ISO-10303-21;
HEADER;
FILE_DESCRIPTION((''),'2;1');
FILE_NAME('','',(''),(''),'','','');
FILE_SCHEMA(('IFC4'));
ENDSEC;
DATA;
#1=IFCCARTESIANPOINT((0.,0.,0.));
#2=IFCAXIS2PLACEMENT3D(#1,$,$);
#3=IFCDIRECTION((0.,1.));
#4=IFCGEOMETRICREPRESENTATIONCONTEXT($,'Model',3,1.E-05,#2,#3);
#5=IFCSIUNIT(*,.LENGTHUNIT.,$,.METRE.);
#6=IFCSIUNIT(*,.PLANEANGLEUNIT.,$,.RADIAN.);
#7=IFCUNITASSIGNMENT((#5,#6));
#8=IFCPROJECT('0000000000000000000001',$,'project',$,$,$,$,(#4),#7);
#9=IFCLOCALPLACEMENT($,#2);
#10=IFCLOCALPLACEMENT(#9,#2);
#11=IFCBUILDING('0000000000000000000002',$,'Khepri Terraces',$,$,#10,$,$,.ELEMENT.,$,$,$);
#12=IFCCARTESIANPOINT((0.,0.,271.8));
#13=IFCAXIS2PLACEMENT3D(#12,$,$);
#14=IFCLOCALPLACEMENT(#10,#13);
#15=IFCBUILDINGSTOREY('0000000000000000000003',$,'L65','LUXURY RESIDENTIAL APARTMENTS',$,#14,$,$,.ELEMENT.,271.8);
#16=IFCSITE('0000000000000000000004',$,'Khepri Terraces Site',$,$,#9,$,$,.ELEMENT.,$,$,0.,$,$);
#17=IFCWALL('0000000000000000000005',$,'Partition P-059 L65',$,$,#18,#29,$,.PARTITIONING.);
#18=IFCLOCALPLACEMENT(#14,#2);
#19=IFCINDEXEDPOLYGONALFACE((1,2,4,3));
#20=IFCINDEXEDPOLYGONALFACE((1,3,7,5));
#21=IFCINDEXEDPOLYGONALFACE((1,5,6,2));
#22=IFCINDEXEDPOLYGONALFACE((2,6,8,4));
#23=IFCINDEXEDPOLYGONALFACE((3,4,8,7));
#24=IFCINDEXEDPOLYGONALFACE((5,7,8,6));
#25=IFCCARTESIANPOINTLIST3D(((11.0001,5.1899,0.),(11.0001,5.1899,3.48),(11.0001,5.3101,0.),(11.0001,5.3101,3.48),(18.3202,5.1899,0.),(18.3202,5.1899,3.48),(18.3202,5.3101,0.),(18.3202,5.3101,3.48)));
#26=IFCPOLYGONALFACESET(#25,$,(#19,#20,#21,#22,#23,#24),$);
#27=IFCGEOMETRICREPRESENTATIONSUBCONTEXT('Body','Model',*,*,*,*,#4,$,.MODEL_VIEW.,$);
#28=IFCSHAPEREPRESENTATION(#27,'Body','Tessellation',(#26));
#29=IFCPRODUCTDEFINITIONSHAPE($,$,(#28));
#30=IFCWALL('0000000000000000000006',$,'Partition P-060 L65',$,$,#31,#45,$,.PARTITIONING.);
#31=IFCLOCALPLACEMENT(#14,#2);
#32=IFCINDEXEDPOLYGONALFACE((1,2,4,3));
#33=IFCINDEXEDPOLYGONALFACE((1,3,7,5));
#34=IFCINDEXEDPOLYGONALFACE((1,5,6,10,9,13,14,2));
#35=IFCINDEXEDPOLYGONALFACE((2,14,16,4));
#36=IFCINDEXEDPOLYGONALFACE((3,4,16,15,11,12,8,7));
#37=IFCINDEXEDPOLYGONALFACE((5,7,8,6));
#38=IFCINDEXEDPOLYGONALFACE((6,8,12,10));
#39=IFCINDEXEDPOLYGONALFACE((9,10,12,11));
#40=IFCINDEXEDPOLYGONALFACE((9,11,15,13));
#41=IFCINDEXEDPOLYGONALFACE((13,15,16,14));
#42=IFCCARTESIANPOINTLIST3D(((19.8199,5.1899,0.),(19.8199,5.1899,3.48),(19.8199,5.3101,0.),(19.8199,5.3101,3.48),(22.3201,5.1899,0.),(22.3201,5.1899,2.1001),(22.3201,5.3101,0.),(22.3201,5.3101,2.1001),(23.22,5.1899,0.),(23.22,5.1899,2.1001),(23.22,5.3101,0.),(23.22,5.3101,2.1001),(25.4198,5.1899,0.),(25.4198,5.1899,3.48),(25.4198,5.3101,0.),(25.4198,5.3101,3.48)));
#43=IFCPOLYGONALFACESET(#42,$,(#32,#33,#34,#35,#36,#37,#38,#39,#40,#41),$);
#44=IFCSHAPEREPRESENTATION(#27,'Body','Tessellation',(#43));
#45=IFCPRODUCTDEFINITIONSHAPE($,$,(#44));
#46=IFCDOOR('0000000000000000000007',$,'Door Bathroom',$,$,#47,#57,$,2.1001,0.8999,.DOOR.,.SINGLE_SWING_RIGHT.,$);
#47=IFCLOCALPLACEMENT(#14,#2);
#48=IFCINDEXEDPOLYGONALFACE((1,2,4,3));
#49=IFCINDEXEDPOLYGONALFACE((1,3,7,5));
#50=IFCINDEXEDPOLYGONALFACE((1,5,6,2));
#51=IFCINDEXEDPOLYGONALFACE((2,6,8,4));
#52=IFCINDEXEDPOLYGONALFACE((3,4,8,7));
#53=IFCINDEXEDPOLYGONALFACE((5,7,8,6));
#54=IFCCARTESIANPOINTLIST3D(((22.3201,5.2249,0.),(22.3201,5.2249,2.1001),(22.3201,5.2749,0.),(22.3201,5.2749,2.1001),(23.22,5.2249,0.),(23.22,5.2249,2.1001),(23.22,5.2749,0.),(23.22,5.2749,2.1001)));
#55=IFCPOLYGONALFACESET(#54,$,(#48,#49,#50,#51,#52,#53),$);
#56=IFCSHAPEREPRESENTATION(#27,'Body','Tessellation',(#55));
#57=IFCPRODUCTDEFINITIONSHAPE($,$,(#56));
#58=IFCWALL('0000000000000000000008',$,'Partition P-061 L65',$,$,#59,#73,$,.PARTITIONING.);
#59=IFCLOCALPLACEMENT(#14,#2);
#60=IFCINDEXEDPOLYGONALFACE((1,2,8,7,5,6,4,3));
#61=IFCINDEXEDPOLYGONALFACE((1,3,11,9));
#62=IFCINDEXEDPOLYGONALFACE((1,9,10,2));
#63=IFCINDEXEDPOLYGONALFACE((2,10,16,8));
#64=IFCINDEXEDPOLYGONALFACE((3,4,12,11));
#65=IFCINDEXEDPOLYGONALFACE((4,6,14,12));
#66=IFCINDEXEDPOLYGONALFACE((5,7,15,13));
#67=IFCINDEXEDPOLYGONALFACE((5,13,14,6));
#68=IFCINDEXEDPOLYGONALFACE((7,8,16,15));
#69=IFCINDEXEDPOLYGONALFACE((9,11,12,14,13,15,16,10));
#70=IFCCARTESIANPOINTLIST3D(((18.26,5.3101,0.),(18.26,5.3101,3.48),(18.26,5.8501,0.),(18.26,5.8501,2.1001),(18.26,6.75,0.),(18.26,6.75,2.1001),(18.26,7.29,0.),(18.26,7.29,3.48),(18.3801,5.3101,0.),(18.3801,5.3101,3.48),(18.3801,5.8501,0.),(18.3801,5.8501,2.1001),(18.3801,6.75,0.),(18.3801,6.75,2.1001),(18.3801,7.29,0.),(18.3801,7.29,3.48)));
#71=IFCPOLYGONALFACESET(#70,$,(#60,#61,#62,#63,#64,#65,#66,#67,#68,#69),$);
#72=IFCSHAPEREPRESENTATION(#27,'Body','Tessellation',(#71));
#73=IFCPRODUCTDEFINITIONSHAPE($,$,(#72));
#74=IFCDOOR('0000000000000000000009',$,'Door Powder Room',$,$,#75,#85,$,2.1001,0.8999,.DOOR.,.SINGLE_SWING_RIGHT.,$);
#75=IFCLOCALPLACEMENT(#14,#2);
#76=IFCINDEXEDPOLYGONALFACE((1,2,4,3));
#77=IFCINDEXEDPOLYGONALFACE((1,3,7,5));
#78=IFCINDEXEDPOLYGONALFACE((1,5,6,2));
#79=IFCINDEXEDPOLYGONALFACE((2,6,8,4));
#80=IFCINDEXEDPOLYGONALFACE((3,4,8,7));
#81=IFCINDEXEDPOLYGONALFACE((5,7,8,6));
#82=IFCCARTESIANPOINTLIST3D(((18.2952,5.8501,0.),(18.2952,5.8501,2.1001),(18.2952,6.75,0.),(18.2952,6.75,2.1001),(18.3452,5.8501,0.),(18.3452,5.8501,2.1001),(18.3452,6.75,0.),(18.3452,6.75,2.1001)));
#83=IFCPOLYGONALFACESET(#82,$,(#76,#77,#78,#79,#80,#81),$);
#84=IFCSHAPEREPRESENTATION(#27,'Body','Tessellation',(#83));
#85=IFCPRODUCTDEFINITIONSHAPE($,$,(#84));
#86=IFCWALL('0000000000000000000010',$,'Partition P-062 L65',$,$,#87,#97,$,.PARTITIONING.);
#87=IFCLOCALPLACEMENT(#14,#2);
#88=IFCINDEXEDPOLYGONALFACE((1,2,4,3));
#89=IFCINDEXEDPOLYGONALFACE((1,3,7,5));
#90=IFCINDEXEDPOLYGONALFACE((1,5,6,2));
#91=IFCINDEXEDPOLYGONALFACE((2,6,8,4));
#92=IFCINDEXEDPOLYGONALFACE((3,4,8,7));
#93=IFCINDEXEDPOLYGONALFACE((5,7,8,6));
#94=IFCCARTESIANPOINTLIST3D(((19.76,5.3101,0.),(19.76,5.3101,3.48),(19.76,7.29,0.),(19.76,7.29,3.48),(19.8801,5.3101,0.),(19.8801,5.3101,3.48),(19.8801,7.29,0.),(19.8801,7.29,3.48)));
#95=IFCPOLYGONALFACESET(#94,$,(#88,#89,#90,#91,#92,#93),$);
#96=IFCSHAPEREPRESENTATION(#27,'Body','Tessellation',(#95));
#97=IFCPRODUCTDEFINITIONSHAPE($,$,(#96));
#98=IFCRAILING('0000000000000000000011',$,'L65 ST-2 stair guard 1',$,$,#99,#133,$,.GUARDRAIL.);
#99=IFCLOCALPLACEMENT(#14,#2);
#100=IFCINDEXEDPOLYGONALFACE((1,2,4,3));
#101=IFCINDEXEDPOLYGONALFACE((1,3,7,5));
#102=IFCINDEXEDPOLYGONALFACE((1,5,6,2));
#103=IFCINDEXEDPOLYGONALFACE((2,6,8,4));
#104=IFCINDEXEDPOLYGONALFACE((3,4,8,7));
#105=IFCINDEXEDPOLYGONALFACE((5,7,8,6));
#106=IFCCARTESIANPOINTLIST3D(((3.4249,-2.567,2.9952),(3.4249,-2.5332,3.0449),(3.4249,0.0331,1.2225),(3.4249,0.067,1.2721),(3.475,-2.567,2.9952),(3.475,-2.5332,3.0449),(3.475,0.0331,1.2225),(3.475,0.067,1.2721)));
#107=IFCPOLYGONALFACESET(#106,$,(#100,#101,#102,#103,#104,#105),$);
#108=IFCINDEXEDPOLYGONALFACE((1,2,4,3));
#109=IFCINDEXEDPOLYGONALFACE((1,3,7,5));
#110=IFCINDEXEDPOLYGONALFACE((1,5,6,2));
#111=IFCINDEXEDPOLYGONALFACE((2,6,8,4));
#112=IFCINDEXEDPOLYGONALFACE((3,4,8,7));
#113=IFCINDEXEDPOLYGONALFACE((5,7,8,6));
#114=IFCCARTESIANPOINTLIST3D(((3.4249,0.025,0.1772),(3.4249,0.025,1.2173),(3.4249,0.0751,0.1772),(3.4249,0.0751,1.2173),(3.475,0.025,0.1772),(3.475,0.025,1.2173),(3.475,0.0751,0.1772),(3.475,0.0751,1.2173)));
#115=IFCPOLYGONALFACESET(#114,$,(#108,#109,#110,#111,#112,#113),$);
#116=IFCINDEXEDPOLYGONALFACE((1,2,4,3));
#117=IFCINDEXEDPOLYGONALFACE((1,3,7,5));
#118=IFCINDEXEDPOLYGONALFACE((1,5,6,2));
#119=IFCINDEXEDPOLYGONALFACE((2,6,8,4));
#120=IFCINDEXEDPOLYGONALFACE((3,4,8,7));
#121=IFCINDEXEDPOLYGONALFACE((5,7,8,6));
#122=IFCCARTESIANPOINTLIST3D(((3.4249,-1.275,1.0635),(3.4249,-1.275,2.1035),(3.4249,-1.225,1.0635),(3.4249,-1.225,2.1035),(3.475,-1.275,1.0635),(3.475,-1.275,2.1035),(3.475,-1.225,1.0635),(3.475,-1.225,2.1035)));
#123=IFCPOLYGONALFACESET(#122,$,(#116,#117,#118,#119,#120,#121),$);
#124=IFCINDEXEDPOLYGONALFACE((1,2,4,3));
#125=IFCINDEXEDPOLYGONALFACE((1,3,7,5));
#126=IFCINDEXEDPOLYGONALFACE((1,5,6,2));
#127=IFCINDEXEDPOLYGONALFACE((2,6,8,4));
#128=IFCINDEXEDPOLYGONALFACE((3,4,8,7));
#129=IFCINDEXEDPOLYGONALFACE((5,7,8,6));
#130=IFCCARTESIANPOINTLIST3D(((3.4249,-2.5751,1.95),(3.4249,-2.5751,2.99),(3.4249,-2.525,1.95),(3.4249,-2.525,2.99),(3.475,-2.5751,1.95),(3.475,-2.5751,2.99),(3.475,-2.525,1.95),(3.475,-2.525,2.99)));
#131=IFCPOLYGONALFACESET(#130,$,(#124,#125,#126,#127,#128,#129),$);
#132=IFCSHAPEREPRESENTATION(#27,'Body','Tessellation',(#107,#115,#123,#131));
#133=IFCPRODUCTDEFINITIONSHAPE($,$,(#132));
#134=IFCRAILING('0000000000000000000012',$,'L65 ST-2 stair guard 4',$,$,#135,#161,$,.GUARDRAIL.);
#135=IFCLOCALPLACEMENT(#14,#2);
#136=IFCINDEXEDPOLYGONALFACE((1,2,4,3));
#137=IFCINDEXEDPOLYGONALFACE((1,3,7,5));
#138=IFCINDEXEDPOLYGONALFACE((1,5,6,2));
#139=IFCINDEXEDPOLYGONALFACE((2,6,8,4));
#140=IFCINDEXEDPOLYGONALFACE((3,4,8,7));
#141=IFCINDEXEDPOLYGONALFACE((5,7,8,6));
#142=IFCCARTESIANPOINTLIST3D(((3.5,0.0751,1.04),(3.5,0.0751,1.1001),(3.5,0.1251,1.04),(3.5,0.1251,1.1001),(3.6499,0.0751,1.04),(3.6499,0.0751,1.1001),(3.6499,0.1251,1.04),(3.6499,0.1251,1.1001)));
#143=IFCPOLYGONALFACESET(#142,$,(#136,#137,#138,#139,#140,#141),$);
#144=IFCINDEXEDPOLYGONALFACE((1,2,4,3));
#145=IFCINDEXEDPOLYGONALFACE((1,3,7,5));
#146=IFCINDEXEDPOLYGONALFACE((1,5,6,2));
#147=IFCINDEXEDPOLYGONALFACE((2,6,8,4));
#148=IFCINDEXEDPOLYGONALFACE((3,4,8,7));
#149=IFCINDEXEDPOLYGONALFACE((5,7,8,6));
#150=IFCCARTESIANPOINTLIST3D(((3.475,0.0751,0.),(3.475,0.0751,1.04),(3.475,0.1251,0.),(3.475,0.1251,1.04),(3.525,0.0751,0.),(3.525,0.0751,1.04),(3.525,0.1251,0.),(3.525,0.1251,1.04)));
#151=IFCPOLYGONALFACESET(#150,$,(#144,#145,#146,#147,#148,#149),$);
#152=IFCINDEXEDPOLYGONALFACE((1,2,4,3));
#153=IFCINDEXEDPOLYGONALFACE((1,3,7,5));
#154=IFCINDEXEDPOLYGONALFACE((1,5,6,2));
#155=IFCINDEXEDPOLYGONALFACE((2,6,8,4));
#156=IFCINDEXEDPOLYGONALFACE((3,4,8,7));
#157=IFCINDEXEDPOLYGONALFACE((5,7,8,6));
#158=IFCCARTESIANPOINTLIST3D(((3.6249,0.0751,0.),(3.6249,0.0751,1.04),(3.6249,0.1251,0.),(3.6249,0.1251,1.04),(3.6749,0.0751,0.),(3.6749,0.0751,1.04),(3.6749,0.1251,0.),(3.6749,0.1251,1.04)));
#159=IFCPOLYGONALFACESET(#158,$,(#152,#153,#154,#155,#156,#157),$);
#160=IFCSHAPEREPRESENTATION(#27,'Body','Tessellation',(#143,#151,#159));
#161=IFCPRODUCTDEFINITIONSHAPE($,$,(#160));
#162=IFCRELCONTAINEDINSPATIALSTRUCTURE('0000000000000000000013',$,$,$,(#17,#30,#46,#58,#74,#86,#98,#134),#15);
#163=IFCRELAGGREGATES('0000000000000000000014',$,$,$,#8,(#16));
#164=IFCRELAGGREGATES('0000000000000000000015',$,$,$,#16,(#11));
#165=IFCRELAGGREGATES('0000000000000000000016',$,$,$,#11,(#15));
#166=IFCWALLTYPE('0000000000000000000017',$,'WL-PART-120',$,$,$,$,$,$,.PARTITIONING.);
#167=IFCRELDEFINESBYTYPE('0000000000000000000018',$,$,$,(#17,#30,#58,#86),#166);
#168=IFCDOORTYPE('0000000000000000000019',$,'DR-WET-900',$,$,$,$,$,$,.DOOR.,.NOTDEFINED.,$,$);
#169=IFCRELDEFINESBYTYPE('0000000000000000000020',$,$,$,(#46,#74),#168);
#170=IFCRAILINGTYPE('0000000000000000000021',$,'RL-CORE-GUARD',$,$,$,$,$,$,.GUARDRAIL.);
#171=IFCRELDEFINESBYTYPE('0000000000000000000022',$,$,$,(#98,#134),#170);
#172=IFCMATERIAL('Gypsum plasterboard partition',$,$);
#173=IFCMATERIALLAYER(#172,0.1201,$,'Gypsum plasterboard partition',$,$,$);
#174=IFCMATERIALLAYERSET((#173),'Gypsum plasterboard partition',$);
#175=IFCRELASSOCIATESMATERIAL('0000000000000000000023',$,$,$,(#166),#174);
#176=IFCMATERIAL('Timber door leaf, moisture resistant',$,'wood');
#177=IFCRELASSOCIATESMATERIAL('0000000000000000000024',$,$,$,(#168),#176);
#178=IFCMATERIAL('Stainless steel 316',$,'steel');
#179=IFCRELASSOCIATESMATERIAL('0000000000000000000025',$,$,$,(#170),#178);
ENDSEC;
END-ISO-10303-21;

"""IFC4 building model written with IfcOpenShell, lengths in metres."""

from ifc_helpers import new_model, si_unit, direction, frame, frame_2d, origin, origin_2d, place, context, subcontext, project, spatial, rectangle, extrude, material, layer, layer_set, type_object, element, fill, save


model = new_model("IFC4")

# Units and contexts
model_context = context("Model", 3, precision=1e-05, world=origin(), true_north=direction((0.0, 1.0)))
body_context = subcontext(model_context, "Body", "Model", "MODEL_VIEW")
ifc_project = project(units=[si_unit("LENGTHUNIT", "METRE"), si_unit("PLANEANGLEUNIT", "RADIAN")], contexts=[model_context])

# Site, building, storey
site_placement = place(None, origin())
site = spatial("IfcSite", under=ifc_project, at=site_placement, Name="Khepri Terraces Site", CompositionType="ELEMENT", RefElevation=0.0)
building_placement = place(site_placement, origin())
building = spatial("IfcBuilding", under=site, at=building_placement, Name="Khepri Terraces", CompositionType="ELEMENT")
storey_placement = place(building_placement, frame((0.0, 0.0, 271.8)))
storey = spatial("IfcBuildingStorey", under=building, at=storey_placement, Name="L65", Description="LUXURY RESIDENTIAL APARTMENTS", CompositionType="ELEMENT", Elevation=271.8)

# Shared definitions
ifc_material_1 = material(Name="Gypsum plasterboard partition")
ifc_layer_1 = layer(ifc_material_1, 0.1201, Name="Gypsum plasterboard partition")
ifc_layer_set_1 = layer_set([ifc_layer_1], Name="Gypsum plasterboard partition")
wall_type_1 = type_object("IfcWallType", Name="WL-PART-120", PredefinedType="PARTITIONING", material=ifc_layer_set_1)

# Wall
wall_1_placement = place(storey_placement, frame((11.0, 5.25, 0.0), z_axis=(0.0, 0.0, 1.0), x_axis=(1.0, 0.0, 0.0)))
element("IfcWall", 1, at=wall_1_placement, inside=storey, type_object=wall_type_1, Name="Partition P-059 L65", PredefinedType="PARTITIONING", context=body_context, shape_type="SweptSolid", body=[
    extrude(rectangle(XDim=7.3201, YDim=0.1201, at=frame_2d((3.6602, 0.0))), origin(), (0.0, 0.0, 1.0), 3.48),
])

# Walls, openings, doors
wall_2_placement = place(storey_placement, frame((19.8201, 5.25, 0.0), z_axis=(0.0, 0.0, 1.0), x_axis=(1.0, 0.0, 0.0)))
wall_2 = element("IfcWall", 2, at=wall_2_placement, inside=storey, type_object=wall_type_1, Name="Partition P-060 L65", PredefinedType="PARTITIONING", context=body_context, shape_type="SweptSolid", body=[
    extrude(rectangle(XDim=5.5999, YDim=0.1201, at=frame_2d((2.7998, 0.0))), origin(), (0.0, 0.0, 1.0), 3.48),
])
opening_1_placement = place(wall_2_placement, frame((2.5, 0.0, 0.0)))
opening_1 = element("IfcOpeningElement", 3, at=opening_1_placement, cuts=wall_2, PredefinedType="OPENING", context=body_context, shape_type="SweptSolid", body=[
    extrude(rectangle(XDim=0.8999, YDim=2.1001, at=frame_2d((0.45, 1.05))), frame((0.0, 0.0701, 0.0), z_axis=(0.0, -1.0, 0.0), x_axis=(1.0, 0.0, 0.0)), (0.0, 0.0, 1.0), 0.1401),
])
ifc_material_2 = material(Name="Timber door leaf, moisture resistant", Category="wood")
door_type_1 = type_object("IfcDoorType", Name="DR-WET-900", OperationType="NOTDEFINED", PredefinedType="DOOR", material=ifc_material_2)
door_1_placement = place(opening_1_placement, origin())
door_1 = element("IfcDoor", 4, at=door_1_placement, inside=storey, type_object=door_type_1, Name="Door Bathroom", OperationType="SINGLE_SWING_RIGHT", OverallHeight=2.1001, OverallWidth=0.8999, PredefinedType="DOOR", context=body_context, shape_type="SweptSolid", body=[
    extrude(rectangle(XDim=0.8999, YDim=2.1001, at=frame_2d((0.45, 1.05))), frame((0.0, 0.0249, 0.0), z_axis=(0.0, -1.0, 0.0), x_axis=(1.0, 0.0, 0.0)), (0.0, 0.0, 1.0), 0.05),
])
fill(opening_1, door_1)
wall_3_placement = place(storey_placement, frame((18.3201, 5.3101, 0.0), z_axis=(0.0, 0.0, 1.0), x_axis=(0.0, 1.0, 0.0)))
wall_3 = element("IfcWall", 5, at=wall_3_placement, inside=storey, type_object=wall_type_1, Name="Partition P-061 L65", PredefinedType="PARTITIONING", context=body_context, shape_type="SweptSolid", body=[
    extrude(rectangle(XDim=1.98, YDim=0.1201, at=frame_2d((0.99, 0.0))), origin(), (0.0, 0.0, 1.0), 3.48),
])
opening_2_placement = place(wall_3_placement, frame((0.54, 0.0, 0.0)))
opening_2 = element("IfcOpeningElement", 6, at=opening_2_placement, cuts=wall_3, PredefinedType="OPENING", context=body_context, shape_type="SweptSolid", body=[
    extrude(rectangle(XDim=0.8999, YDim=2.1001, at=frame_2d((0.45, 1.05))), frame((0.0, 0.0701, 0.0), z_axis=(0.0, -1.0, 0.0), x_axis=(1.0, 0.0, 0.0)), (0.0, 0.0, 1.0), 0.1401),
])
door_2_placement = place(opening_2_placement, origin())
door_2 = element("IfcDoor", 7, at=door_2_placement, inside=storey, type_object=door_type_1, Name="Door Powder Room", OperationType="SINGLE_SWING_RIGHT", OverallHeight=2.1001, OverallWidth=0.8999, PredefinedType="DOOR", context=body_context, shape_type="SweptSolid", body=[
    extrude(rectangle(XDim=0.8999, YDim=2.1001, at=frame_2d((0.45, 1.05))), frame((0.0, 0.0249, 0.0), z_axis=(0.0, -1.0, 0.0), x_axis=(1.0, 0.0, 0.0)), (0.0, 0.0, 1.0), 0.05),
])
fill(opening_2, door_2)

# Wall
wall_4_placement = place(storey_placement, frame((19.8201, 5.3101, 0.0), z_axis=(0.0, 0.0, 1.0), x_axis=(0.0, 1.0, 0.0)))
element("IfcWall", 8, at=wall_4_placement, inside=storey, type_object=wall_type_1, Name="Partition P-062 L65", PredefinedType="PARTITIONING", context=body_context, shape_type="SweptSolid", body=[
    extrude(rectangle(XDim=1.98, YDim=0.1201, at=frame_2d((0.99, 0.0))), origin(), (0.0, 0.0, 1.0), 3.48),
])

# Railings
ifc_material_3 = material(Name="Stainless steel 316", Category="steel")
railing_type = type_object("IfcRailingType", Name="RL-CORE-GUARD", PredefinedType="GUARDRAIL", material=ifc_material_3)
railing_1_placement = place(storey_placement, frame((3.45, 0.05, 0.1772)))
element("IfcRailing", 9, at=railing_1_placement, inside=storey, type_object=railing_type, Name="L65 ST-2 stair guard 1", PredefinedType="GUARDRAIL", context=body_context, shape_type="SweptSolid", body=[
    extrude(rectangle(XDim=0.05, YDim=0.0601, at=origin_2d()), frame((0.0, 0.0, 1.0701), z_axis=(0.0, -0.82624, 0.563318), x_axis=(1.0, 0.0, 0.0)), (0.0, 0.0, 1.0), 3.147),
    extrude(rectangle(XDim=0.05, YDim=0.05, at=origin_2d()), origin(), (0.0, 0.0, 1.0), 1.04),
    extrude(rectangle(XDim=0.05, YDim=0.05, at=origin_2d()), frame((0.0, -1.3, 0.8862)), (0.0, 0.0, 1.0), 1.04),
    extrude(rectangle(XDim=0.05, YDim=0.05, at=origin_2d()), frame((0.0, -2.6001, 1.7727)), (0.0, 0.0, 1.0), 1.04),
])
railing_2_placement = place(storey_placement, frame((3.5, 0.1001, 0.0)))
element("IfcRailing", 10, at=railing_2_placement, inside=storey, type_object=railing_type, Name="L65 ST-2 stair guard 4", PredefinedType="GUARDRAIL", context=body_context, shape_type="SweptSolid", body=[
    extrude(rectangle(XDim=0.05, YDim=0.0601, at=origin_2d()), frame((0.0, 0.0, 1.0701), z_axis=(1.0, 0.0, 0.0), x_axis=(0.0, 1.0, 0.0)), (0.0, 0.0, 1.0), 0.1499),
    extrude(rectangle(XDim=0.05, YDim=0.05, at=origin_2d()), origin(), (0.0, 0.0, 1.0), 1.04),
    extrude(rectangle(XDim=0.05, YDim=0.05, at=origin_2d()), frame((0.1499, 0.0, 0.0)), (0.0, 0.0, 1.0), 1.04),
])

save(model, "model.ifc")
